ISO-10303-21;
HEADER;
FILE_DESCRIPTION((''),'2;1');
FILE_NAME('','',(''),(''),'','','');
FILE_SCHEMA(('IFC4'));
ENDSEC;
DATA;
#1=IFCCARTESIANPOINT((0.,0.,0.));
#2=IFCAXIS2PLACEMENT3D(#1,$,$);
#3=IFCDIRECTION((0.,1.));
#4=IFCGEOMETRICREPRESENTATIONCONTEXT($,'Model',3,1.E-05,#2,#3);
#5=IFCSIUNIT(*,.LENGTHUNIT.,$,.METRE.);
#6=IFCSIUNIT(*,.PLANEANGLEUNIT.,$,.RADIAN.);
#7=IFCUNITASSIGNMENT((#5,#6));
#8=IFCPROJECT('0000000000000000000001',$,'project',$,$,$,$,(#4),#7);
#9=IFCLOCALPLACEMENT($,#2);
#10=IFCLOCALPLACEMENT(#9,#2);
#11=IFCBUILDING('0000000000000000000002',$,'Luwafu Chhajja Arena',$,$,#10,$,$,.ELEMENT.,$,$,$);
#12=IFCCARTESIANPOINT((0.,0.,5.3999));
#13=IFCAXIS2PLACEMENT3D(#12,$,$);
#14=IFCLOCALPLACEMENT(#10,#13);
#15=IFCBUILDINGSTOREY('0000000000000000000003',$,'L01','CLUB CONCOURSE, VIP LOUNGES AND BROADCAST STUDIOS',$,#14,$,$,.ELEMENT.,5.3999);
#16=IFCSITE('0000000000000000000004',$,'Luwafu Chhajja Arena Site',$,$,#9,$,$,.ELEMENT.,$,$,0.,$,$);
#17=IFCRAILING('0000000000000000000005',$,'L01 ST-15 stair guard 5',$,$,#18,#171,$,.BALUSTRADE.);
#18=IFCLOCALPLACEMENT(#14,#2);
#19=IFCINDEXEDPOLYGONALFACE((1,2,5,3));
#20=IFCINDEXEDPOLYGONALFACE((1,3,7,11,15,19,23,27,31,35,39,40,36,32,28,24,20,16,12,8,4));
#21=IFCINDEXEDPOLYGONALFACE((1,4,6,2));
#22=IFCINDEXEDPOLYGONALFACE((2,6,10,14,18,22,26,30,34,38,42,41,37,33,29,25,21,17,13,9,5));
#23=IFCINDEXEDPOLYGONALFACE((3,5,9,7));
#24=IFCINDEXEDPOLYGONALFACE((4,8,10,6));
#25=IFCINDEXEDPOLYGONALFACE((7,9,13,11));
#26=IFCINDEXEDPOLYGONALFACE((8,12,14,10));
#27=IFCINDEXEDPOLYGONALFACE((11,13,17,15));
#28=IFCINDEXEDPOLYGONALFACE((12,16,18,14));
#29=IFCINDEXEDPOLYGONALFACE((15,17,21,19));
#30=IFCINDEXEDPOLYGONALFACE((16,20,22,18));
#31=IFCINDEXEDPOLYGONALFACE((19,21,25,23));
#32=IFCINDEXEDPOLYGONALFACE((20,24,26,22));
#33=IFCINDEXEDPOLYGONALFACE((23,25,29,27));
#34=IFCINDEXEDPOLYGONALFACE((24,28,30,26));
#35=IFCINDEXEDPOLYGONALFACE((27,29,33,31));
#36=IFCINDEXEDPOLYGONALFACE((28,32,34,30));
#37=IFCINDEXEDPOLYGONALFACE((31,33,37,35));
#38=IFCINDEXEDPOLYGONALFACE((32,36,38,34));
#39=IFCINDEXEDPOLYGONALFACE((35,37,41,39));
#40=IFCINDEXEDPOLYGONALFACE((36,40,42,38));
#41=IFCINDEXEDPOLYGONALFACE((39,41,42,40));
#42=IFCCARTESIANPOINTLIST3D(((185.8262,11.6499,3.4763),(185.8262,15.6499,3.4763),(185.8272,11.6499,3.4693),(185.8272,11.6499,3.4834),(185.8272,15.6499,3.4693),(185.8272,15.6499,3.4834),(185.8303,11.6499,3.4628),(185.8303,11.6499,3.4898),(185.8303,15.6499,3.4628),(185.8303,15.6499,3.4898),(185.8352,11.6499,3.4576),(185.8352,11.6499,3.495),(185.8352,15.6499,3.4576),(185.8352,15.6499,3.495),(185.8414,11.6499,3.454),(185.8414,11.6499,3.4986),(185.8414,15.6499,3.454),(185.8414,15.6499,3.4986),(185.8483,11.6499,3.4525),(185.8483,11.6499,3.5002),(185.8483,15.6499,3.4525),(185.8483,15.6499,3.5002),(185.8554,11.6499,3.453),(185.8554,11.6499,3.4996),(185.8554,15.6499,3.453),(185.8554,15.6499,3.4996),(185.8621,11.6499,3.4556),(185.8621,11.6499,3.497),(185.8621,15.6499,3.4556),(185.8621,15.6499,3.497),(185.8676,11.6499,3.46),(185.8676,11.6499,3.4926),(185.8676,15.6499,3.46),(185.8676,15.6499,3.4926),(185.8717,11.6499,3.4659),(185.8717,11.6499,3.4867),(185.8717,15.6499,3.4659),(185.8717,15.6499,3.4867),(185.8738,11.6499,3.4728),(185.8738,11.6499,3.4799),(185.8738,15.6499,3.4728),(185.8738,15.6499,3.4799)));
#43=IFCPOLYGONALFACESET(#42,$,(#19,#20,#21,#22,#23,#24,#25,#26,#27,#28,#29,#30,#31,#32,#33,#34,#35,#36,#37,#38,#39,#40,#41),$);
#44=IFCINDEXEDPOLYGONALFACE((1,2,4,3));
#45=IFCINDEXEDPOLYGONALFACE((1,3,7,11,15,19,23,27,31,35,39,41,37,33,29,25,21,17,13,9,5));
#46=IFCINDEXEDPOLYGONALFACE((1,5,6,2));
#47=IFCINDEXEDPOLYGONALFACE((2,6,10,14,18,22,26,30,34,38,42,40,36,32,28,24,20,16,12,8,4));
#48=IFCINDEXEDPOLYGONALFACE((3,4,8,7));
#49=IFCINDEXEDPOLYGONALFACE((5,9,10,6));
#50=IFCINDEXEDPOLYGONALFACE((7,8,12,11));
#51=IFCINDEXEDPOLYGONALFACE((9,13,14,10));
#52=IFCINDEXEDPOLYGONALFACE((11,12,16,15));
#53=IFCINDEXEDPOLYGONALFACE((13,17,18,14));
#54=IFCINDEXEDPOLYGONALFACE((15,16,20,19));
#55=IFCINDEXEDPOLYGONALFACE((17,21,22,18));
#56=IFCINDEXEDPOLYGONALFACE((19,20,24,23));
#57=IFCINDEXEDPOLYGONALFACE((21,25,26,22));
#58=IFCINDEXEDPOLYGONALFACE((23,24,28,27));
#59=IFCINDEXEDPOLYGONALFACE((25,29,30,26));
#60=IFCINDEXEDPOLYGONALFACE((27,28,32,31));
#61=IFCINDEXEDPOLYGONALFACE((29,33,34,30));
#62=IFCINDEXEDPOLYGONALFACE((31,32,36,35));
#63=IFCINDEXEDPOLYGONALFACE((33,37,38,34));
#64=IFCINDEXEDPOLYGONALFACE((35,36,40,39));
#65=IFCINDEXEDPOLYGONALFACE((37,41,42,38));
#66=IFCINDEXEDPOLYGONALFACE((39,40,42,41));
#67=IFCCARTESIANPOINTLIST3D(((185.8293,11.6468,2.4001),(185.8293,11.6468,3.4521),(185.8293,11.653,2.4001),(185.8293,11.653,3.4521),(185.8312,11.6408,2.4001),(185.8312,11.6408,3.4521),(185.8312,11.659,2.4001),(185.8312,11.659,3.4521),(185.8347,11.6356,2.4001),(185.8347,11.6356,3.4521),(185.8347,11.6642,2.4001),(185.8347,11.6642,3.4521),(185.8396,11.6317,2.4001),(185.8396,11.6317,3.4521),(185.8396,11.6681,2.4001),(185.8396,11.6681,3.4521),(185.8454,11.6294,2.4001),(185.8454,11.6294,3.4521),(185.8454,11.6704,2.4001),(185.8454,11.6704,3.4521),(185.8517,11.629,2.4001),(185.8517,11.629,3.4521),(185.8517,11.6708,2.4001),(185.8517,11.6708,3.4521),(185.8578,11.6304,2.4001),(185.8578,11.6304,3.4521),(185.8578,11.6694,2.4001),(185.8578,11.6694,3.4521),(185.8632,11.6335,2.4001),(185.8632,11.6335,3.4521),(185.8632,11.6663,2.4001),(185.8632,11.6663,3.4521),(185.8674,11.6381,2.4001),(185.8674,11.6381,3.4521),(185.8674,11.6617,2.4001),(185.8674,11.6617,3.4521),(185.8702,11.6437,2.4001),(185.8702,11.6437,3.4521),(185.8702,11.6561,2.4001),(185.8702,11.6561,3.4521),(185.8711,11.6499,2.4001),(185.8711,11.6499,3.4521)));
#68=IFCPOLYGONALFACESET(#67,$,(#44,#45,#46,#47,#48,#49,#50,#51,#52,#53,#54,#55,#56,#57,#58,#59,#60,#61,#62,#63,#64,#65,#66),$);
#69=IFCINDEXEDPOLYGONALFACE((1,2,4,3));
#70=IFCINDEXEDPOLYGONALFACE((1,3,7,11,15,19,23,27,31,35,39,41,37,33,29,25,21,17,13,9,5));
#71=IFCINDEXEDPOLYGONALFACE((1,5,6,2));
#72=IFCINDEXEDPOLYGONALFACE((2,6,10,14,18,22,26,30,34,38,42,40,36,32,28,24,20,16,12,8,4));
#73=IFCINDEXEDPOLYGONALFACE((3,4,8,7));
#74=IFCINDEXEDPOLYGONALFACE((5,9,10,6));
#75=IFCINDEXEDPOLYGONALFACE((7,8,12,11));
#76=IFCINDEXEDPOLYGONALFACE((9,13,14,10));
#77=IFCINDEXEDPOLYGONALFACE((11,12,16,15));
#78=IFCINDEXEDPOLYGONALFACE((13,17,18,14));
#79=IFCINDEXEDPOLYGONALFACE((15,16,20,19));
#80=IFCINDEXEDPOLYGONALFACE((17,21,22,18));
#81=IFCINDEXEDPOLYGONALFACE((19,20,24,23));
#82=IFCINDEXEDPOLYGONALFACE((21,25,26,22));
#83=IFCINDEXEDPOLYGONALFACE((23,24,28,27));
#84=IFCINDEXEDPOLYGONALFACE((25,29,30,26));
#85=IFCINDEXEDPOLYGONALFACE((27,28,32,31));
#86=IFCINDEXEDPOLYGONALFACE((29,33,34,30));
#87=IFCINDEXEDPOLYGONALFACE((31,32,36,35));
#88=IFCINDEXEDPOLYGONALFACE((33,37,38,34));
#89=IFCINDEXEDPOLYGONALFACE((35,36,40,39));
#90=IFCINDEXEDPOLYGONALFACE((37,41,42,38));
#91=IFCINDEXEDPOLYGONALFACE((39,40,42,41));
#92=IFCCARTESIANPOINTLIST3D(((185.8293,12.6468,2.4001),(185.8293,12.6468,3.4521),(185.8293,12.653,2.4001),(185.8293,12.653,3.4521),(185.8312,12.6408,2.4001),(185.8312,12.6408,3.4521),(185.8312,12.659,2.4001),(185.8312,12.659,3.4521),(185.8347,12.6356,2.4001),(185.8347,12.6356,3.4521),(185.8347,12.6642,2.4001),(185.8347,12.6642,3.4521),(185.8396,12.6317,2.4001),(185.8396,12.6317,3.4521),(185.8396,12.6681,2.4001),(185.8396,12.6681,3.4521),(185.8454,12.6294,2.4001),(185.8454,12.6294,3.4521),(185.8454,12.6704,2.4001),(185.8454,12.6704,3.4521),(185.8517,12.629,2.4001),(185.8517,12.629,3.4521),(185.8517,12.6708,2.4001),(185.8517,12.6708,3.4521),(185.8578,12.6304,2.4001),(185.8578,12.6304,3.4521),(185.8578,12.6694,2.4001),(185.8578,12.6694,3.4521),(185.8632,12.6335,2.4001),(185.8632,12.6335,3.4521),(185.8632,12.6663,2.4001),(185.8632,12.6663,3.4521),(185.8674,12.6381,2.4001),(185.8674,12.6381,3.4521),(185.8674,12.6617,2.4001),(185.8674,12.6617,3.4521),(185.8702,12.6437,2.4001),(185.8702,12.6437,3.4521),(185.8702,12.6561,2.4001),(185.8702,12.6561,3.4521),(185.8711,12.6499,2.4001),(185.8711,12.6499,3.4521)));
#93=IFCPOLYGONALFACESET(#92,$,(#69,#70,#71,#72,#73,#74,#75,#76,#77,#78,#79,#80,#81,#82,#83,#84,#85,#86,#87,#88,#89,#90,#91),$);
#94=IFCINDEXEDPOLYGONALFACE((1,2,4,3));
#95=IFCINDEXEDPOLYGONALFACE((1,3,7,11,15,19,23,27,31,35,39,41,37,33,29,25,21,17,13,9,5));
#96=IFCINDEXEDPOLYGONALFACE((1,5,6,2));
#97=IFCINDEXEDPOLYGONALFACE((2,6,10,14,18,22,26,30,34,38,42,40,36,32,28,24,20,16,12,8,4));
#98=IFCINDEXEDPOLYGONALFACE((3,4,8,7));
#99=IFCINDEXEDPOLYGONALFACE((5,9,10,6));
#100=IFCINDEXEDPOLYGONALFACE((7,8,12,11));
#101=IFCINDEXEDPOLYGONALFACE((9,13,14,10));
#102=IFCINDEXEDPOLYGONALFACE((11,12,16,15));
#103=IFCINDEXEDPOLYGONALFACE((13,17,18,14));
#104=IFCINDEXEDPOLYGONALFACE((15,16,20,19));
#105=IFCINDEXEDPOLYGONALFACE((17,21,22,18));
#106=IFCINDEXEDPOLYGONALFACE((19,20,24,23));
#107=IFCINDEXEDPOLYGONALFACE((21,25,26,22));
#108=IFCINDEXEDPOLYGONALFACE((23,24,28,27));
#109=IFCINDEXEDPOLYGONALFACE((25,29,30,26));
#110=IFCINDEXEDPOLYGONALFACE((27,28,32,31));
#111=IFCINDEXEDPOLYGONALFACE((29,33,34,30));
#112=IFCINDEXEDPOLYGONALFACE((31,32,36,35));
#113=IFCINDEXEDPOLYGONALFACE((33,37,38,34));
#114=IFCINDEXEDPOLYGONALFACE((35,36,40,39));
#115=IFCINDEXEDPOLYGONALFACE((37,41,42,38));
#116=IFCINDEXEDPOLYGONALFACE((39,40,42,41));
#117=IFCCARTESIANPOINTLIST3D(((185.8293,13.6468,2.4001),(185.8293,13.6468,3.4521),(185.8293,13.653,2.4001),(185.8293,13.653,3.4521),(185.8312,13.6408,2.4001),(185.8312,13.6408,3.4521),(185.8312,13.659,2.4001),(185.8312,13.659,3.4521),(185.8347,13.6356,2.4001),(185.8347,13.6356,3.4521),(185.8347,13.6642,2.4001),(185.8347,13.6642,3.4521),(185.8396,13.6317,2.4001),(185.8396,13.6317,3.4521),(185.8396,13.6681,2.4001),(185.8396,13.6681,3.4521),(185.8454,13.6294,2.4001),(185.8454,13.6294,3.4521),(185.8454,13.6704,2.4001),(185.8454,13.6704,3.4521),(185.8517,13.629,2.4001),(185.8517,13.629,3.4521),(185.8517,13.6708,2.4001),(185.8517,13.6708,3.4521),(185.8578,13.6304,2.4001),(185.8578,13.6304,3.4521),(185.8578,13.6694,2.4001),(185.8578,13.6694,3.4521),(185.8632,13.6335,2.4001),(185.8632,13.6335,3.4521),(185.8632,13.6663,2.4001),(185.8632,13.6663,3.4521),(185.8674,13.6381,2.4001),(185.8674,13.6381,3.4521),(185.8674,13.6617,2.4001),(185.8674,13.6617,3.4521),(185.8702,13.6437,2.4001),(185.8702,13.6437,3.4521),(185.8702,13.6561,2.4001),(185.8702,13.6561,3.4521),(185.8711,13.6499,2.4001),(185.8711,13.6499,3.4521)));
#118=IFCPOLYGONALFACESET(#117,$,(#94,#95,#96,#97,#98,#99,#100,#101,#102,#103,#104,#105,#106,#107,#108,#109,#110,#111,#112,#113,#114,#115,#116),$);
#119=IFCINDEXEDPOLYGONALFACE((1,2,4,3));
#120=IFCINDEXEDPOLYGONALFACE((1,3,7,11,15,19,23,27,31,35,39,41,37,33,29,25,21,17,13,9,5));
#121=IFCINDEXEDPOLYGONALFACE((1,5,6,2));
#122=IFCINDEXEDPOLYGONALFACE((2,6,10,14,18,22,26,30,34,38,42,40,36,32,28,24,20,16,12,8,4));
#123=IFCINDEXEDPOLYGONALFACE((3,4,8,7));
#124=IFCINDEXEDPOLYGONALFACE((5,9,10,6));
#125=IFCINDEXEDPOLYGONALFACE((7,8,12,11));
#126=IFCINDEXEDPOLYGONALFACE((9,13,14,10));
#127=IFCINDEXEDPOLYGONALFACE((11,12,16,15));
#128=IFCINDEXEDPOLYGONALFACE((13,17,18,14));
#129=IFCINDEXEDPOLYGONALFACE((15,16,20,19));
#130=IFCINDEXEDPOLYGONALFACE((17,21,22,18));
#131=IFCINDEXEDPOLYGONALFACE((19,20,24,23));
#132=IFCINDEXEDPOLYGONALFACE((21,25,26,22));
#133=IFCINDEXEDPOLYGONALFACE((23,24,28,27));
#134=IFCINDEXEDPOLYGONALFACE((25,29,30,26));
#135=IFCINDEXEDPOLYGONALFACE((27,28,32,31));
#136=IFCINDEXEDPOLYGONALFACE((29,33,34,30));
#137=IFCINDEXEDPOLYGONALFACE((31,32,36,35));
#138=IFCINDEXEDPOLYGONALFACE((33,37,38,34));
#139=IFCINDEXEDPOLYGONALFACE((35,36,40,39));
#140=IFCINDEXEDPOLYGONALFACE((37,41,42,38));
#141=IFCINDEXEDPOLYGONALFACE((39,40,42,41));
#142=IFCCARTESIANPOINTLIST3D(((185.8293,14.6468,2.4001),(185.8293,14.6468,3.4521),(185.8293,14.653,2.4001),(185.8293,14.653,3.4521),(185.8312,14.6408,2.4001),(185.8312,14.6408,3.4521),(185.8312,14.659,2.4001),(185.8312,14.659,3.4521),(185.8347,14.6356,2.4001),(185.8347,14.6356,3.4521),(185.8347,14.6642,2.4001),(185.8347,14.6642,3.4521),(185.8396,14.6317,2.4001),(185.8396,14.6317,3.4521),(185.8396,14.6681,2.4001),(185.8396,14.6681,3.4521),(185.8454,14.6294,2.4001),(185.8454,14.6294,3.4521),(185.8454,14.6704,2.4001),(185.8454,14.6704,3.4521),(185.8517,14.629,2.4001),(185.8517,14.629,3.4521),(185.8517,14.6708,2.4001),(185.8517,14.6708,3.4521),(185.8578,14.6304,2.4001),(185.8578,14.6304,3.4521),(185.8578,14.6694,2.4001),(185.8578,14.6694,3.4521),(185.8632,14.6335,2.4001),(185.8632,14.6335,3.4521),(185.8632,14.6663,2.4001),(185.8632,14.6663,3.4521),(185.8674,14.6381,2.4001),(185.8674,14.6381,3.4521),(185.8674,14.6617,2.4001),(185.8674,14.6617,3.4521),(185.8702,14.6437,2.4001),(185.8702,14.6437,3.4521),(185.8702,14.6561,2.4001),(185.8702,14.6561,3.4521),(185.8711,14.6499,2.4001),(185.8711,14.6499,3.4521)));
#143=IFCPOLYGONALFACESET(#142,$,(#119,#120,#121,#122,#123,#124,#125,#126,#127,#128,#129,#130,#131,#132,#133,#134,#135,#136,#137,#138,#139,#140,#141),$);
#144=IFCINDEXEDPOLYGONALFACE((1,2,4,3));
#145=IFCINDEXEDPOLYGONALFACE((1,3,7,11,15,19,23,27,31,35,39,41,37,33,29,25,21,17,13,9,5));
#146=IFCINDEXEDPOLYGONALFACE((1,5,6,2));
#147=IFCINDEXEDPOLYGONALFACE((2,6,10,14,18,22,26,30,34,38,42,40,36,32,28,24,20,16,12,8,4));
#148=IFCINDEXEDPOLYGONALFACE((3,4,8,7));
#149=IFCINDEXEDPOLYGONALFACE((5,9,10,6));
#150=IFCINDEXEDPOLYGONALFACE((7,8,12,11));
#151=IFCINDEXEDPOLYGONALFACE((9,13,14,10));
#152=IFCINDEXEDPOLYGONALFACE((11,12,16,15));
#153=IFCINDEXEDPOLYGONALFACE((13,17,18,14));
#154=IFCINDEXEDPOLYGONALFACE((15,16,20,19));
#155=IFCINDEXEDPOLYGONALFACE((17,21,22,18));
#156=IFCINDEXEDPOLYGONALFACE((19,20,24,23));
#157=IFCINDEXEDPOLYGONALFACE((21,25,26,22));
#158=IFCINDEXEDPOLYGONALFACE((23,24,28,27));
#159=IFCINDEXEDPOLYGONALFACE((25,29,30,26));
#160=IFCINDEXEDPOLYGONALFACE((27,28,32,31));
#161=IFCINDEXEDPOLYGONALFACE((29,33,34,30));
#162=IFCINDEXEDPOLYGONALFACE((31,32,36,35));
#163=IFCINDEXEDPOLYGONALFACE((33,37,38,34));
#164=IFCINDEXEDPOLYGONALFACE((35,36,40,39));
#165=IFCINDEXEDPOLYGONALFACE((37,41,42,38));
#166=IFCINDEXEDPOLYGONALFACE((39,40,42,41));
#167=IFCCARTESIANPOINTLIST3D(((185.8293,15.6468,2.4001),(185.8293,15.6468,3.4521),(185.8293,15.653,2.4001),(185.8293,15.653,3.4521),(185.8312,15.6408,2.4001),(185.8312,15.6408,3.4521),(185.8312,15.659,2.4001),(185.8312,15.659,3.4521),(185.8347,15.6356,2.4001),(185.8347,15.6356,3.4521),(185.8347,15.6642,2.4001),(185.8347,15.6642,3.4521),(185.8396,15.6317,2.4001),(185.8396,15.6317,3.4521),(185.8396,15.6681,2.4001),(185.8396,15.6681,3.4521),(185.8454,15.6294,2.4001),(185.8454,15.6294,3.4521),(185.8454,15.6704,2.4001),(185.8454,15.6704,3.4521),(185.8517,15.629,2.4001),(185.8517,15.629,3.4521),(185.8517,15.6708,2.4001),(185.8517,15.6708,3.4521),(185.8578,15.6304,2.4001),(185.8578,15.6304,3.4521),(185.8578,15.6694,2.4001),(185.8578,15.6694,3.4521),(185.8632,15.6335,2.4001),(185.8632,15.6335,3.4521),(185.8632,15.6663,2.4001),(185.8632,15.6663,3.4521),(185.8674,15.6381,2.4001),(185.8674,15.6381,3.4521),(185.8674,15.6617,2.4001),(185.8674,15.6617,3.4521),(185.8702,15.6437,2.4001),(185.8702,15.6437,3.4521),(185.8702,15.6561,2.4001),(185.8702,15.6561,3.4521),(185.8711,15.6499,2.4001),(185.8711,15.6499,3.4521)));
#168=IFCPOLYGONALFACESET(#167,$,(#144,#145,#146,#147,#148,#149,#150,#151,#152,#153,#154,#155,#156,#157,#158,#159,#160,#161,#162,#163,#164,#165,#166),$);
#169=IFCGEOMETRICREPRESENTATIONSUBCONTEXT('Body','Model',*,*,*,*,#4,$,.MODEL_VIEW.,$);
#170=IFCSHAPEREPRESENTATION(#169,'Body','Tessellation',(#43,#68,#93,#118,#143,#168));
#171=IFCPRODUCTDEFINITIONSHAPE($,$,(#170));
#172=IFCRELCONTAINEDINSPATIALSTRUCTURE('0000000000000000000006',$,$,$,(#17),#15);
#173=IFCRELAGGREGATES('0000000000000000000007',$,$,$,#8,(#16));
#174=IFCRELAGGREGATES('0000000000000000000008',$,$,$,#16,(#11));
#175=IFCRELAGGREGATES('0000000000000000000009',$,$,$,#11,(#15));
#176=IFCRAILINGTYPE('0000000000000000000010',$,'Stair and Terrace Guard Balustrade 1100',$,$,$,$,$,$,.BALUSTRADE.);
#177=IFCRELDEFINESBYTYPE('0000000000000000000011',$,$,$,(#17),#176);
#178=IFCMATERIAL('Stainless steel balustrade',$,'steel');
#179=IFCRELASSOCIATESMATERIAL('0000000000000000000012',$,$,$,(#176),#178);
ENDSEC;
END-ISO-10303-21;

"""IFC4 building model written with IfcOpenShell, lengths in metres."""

from ifc_helpers import new_model, si_unit, direction, frame, origin, origin_2d, place, context, subcontext, project, spatial, circle, extrude, material, type_object, element, save


model = new_model("IFC4")

# Units and contexts
model_context = context("Model", 3, precision=1e-05, world=origin(), true_north=direction((0.0, 1.0)))
body_context = subcontext(model_context, "Body", "Model", "MODEL_VIEW")
ifc_project = project(units=[si_unit("LENGTHUNIT", "METRE"), si_unit("PLANEANGLEUNIT", "RADIAN")], contexts=[model_context])

# Site, building, storey
site_placement = place(None, origin())
site = spatial("IfcSite", under=ifc_project, at=site_placement, Name="Luwafu Chhajja Arena Site", CompositionType="ELEMENT", RefElevation=0.0)
building_placement = place(site_placement, origin())
building = spatial("IfcBuilding", under=site, at=building_placement, Name="Luwafu Chhajja Arena", CompositionType="ELEMENT")
storey_placement = place(building_placement, frame((0.0, 0.0, 5.3999)))
storey = spatial("IfcBuildingStorey", under=building, at=storey_placement, Name="L01", Description="CLUB CONCOURSE, VIP LOUNGES AND BROADCAST STUDIOS", CompositionType="ELEMENT", Elevation=5.3999)

# Railing
ifc_material_1 = material(Name="Stainless steel balustrade", Category="steel")
railing_type = type_object("IfcRailingType", Name="Stair and Terrace Guard Balustrade 1100", PredefinedType="BALUSTRADE", material=ifc_material_1)
railing_1_placement = place(storey_placement, frame((185.8501, 11.6499, 2.4001)))
element("IfcRailing", 1, at=railing_1_placement, inside=storey, type_object=railing_type, Name="L01 ST-15 stair guard 5", PredefinedType="BALUSTRADE", context=body_context, shape_type="SweptSolid", body=[
    extrude(circle(Radius=0.0239, at=origin_2d()), frame((0.0, 0.0, 1.0762), z_axis=(0.0, 1.0, 0.0), x_axis=(-1.0, 0.0, 0.0)), (0.0, 0.0, 1.0), 4.0),
    extrude(circle(Radius=0.021, at=origin_2d()), origin(), (0.0, 0.0, 1.0), 1.052),
    extrude(circle(Radius=0.021, at=origin_2d()), frame((0.0, 1.0, 0.0)), (0.0, 0.0, 1.0), 1.052),
    extrude(circle(Radius=0.021, at=origin_2d()), frame((0.0, 2.0, 0.0)), (0.0, 0.0, 1.0), 1.052),
    extrude(circle(Radius=0.021, at=origin_2d()), frame((0.0, 3.0, 0.0)), (0.0, 0.0, 1.0), 1.052),
    extrude(circle(Radius=0.021, at=origin_2d()), frame((0.0, 4.0, 0.0)), (0.0, 0.0, 1.0), 1.052),
])

save(model, "model.ifc")
